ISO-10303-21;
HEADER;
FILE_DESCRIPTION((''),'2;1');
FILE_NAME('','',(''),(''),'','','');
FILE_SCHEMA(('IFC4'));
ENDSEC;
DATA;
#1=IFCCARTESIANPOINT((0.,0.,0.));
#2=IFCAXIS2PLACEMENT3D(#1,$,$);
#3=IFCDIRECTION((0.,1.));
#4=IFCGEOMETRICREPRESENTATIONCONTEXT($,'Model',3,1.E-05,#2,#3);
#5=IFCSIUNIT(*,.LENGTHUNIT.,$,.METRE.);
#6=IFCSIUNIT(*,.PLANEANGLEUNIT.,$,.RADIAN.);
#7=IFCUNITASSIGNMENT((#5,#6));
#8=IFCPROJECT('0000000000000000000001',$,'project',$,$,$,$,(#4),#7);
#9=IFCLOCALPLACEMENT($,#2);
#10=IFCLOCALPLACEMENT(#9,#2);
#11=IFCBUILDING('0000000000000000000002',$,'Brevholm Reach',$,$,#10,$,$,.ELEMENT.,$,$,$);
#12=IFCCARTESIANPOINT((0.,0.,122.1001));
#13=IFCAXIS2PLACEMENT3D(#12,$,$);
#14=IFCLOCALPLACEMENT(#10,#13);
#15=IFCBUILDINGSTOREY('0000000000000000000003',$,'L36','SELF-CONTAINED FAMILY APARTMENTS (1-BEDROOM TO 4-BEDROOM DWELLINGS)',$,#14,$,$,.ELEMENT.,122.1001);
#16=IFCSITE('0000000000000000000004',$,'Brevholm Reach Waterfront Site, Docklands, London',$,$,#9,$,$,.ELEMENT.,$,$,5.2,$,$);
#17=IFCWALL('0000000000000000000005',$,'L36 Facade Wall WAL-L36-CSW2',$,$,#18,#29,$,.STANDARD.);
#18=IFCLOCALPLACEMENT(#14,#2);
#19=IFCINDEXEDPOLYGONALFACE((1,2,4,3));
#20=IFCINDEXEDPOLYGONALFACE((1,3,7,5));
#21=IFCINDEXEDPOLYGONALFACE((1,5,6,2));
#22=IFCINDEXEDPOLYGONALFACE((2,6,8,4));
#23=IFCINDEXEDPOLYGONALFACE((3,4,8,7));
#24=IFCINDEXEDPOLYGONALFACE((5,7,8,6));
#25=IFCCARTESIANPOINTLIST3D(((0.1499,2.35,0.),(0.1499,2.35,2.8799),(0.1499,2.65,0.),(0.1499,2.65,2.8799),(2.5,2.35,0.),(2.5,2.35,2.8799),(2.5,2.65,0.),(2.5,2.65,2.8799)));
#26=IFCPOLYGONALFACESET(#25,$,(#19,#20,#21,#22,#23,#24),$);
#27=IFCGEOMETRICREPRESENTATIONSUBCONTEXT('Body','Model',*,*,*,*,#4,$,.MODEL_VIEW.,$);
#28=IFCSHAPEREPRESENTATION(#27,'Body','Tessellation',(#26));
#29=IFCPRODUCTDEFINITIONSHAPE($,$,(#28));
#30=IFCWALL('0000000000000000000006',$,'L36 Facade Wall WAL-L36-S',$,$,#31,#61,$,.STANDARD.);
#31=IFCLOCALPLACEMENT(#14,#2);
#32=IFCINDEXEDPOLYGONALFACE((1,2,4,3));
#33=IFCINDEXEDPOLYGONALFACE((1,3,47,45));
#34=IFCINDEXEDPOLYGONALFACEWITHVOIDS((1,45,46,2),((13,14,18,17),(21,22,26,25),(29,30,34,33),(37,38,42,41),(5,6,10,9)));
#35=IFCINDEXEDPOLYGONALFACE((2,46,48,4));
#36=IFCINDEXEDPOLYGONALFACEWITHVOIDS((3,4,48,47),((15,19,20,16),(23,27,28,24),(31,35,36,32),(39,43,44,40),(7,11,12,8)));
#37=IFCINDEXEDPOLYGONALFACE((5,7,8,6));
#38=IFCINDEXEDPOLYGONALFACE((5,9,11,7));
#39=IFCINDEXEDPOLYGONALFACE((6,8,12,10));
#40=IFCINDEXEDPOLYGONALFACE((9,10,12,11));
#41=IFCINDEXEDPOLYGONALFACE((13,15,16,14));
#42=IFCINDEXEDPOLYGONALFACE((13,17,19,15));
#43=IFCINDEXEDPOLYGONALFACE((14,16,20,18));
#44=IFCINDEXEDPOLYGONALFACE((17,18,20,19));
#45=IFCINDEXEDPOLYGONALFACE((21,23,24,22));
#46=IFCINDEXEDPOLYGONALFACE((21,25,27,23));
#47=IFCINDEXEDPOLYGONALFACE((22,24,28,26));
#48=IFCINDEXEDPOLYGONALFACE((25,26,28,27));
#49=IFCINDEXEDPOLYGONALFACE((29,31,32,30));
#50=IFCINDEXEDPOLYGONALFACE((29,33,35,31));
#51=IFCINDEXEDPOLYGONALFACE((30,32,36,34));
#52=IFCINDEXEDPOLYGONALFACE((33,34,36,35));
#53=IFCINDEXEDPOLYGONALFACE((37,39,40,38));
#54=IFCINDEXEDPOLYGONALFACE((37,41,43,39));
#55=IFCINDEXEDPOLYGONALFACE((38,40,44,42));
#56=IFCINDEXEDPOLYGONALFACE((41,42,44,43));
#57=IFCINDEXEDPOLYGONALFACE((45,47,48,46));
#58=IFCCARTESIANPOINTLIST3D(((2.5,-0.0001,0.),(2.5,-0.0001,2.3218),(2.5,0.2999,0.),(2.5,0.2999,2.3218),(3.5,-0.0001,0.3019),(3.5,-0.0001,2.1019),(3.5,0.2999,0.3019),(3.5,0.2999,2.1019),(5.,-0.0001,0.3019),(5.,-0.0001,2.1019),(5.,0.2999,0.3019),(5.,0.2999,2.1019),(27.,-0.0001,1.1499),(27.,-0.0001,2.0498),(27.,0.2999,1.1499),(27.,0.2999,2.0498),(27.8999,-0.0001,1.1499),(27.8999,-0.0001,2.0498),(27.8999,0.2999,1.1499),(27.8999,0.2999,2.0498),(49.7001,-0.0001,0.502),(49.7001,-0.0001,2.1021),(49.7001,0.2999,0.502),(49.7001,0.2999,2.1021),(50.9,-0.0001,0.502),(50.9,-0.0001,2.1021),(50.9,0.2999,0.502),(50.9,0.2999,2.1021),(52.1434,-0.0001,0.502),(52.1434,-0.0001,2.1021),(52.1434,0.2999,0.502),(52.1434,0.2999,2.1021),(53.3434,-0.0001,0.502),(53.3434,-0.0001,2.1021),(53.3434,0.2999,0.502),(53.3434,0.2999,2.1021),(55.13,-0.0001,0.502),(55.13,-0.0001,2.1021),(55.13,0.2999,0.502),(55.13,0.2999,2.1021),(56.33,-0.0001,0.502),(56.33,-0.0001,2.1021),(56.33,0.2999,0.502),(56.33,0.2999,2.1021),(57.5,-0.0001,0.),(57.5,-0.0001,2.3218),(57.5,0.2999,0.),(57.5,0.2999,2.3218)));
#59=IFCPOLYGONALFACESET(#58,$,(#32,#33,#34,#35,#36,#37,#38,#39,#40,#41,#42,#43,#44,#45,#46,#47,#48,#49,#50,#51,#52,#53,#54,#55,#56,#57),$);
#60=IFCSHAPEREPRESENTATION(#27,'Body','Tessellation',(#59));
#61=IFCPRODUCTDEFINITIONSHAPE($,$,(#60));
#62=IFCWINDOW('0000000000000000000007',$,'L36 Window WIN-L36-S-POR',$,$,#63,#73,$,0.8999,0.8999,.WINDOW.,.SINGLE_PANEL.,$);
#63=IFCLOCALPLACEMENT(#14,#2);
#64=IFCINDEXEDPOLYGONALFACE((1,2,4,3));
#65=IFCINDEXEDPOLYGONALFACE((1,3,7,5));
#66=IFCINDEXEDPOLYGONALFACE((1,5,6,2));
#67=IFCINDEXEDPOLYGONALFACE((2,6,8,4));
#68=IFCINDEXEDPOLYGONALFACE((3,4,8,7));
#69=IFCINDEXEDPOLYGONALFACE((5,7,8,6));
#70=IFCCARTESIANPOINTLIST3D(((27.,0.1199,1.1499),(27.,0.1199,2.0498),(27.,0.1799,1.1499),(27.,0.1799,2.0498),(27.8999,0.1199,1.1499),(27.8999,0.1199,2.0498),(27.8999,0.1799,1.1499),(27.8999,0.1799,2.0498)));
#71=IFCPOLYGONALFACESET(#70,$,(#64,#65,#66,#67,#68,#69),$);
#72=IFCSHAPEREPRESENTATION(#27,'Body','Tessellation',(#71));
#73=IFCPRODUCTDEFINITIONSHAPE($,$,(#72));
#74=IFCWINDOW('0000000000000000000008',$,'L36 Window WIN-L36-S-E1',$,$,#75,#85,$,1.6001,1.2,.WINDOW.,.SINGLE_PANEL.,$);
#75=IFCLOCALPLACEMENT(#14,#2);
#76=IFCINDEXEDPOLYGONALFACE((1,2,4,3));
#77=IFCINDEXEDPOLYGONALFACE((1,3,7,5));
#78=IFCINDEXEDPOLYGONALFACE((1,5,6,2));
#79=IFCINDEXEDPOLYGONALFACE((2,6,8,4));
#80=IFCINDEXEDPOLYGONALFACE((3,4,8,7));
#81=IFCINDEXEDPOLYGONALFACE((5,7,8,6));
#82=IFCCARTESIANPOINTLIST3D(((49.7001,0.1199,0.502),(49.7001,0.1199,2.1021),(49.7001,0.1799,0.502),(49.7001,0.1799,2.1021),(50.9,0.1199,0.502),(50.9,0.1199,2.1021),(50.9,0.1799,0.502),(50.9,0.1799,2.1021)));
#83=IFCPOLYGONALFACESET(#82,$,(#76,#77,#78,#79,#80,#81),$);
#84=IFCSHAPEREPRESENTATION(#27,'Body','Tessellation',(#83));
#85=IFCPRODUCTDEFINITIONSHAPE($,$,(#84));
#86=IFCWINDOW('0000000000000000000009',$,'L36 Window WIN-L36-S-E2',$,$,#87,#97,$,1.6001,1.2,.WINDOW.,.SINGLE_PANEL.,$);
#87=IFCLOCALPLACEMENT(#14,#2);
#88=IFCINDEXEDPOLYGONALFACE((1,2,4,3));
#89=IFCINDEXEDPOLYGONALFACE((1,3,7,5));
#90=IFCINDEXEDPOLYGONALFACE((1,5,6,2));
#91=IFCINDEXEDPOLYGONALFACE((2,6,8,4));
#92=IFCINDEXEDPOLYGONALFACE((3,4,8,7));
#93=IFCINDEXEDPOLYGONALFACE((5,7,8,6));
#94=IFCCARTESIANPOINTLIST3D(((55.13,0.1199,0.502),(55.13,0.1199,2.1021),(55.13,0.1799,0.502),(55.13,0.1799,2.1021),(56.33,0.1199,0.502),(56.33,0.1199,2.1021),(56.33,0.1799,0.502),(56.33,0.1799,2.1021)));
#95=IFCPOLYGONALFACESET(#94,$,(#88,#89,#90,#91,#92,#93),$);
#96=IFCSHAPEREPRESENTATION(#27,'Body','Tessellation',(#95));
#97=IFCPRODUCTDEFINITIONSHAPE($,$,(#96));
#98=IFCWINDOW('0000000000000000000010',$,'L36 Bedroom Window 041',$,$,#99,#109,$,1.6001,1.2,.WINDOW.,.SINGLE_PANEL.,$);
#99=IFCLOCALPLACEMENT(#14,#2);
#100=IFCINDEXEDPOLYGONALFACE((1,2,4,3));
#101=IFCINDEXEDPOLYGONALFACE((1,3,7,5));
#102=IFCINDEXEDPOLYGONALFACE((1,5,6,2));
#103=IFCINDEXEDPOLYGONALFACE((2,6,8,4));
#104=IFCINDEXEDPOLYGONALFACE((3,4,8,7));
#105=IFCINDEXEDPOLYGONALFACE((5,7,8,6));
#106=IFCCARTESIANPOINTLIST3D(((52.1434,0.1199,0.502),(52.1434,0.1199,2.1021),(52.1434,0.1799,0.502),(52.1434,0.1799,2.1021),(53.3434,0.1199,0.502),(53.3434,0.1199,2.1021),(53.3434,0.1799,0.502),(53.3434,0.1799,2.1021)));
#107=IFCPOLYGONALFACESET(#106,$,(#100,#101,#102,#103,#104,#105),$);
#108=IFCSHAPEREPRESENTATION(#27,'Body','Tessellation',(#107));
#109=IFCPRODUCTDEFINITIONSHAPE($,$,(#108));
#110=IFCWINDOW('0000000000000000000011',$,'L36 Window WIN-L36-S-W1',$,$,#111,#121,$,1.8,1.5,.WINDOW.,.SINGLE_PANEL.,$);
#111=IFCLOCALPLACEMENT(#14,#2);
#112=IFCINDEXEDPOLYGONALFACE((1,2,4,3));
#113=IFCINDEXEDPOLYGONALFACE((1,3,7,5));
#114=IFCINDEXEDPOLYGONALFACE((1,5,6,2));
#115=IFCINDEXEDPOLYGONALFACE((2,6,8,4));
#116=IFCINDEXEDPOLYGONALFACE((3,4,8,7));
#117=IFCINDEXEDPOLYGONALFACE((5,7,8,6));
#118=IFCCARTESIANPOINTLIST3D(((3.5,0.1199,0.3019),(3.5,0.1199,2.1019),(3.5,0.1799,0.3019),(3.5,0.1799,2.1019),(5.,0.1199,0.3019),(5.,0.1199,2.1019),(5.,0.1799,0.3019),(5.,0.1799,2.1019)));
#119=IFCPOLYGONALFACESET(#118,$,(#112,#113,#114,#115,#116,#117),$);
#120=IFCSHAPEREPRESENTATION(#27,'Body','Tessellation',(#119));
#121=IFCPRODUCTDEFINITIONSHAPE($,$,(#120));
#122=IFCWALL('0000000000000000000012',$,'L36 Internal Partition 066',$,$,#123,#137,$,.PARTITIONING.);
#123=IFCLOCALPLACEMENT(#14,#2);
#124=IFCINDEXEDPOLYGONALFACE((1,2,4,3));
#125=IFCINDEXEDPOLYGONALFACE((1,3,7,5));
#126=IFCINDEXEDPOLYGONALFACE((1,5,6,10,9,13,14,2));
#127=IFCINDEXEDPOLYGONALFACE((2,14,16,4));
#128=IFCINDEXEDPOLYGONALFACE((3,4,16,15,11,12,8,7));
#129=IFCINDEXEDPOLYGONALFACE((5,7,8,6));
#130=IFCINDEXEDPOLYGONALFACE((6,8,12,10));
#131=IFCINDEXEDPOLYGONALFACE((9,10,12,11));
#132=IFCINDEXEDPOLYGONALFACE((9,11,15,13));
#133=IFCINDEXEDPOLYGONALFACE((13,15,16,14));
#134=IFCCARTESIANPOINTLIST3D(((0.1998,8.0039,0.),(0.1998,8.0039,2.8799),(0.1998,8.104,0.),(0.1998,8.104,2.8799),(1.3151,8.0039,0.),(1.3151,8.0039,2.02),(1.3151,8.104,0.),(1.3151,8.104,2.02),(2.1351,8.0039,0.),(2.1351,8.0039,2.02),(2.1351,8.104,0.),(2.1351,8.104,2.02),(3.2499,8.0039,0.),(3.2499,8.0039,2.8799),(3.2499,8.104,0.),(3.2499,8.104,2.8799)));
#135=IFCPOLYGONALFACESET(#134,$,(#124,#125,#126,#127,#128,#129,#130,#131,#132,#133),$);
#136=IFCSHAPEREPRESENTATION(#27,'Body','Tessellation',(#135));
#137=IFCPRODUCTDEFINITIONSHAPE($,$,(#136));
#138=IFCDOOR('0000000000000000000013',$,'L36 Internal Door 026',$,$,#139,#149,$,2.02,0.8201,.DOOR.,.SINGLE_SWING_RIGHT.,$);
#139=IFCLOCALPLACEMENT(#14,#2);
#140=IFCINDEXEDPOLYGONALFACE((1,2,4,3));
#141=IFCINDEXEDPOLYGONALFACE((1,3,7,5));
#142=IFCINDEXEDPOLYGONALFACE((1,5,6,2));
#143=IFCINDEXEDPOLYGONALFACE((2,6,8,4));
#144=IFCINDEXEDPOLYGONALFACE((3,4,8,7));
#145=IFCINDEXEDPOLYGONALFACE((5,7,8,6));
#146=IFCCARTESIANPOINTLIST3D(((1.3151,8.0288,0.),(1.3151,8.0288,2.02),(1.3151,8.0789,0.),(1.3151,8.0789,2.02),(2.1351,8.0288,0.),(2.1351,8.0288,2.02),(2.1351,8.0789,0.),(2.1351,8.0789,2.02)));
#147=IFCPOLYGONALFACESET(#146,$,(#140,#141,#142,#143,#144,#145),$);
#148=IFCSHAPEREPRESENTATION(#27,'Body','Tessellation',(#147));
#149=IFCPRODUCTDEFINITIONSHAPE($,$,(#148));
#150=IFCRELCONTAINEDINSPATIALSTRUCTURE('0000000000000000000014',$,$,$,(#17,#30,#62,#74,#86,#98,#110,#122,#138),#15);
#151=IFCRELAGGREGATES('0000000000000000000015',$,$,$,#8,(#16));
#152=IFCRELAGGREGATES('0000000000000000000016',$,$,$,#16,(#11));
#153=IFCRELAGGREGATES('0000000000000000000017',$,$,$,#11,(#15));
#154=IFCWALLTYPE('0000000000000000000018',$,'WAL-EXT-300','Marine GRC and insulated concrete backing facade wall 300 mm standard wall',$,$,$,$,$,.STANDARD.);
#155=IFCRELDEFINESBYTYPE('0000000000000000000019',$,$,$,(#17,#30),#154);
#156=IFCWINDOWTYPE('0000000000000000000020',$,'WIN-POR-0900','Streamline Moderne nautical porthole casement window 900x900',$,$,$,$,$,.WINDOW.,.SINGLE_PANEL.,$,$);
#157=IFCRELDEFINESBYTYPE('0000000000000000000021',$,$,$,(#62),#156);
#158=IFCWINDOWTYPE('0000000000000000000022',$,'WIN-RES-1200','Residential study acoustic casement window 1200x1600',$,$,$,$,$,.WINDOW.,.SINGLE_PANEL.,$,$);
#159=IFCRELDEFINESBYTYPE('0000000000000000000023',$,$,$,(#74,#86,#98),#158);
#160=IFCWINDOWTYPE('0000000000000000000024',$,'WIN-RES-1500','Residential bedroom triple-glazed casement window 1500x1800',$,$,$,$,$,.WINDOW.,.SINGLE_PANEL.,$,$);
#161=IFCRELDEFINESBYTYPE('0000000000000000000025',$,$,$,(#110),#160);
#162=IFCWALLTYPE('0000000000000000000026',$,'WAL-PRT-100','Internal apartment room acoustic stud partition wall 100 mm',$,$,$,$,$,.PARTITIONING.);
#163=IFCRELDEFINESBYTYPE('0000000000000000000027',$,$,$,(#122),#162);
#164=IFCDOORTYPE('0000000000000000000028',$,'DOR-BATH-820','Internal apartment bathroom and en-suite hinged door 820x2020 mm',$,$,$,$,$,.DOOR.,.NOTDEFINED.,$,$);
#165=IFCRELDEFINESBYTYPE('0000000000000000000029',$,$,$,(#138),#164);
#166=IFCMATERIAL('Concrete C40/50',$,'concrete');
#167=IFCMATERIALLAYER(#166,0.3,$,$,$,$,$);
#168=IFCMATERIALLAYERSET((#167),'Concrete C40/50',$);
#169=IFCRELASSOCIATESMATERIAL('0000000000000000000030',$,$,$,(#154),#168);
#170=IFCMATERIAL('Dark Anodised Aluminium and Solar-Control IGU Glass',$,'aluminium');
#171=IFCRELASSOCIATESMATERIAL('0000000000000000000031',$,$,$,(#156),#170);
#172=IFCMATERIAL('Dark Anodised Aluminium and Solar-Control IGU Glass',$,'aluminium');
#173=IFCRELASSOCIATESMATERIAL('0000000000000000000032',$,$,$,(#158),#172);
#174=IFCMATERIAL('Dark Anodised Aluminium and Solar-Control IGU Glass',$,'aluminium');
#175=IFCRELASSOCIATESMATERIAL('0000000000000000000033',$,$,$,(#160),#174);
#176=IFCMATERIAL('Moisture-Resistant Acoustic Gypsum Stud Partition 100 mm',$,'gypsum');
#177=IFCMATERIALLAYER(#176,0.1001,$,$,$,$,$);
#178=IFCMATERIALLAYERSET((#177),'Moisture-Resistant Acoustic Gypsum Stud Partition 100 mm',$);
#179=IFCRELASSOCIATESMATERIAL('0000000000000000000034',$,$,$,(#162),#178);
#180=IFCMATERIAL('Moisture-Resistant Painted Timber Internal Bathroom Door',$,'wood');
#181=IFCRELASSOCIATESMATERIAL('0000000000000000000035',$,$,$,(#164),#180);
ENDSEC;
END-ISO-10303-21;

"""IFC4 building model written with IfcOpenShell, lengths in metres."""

from ifc_helpers import new_model, si_unit, direction, frame, frame_2d, origin, place, context, subcontext, project, spatial, rectangle, extrude, material, layer, layer_set, type_object, element, fill, save


model = new_model("IFC4")

# Units and contexts
model_context = context("Model", 3, precision=1e-05, world=origin(), true_north=direction((0.0, 1.0)))
body_context = subcontext(model_context, "Body", "Model", "MODEL_VIEW")
ifc_project = project(units=[si_unit("LENGTHUNIT", "METRE"), si_unit("PLANEANGLEUNIT", "RADIAN")], contexts=[model_context])

# Site, building, storey
site_placement = place(None, origin())
site = spatial("IfcSite", under=ifc_project, at=site_placement, Name="Brevholm Reach Waterfront Site, Docklands, London", CompositionType="ELEMENT", RefElevation=5.2)
building_placement = place(site_placement, origin())
building = spatial("IfcBuilding", under=site, at=building_placement, Name="Brevholm Reach", CompositionType="ELEMENT")
storey_placement = place(building_placement, frame((0.0, 0.0, 122.1001)))
storey = spatial("IfcBuildingStorey", under=building, at=storey_placement, Name="L36", Description="SELF-CONTAINED FAMILY APARTMENTS (1-BEDROOM TO 4-BEDROOM DWELLINGS)", CompositionType="ELEMENT", Elevation=122.1001)

# Wall
ifc_material_1 = material(Name="Concrete C40/50", Category="concrete")
ifc_layer_1 = layer(ifc_material_1, 0.3)
ifc_layer_set_1 = layer_set([ifc_layer_1], Name="Concrete C40/50")
wall_type_1 = type_object("IfcWallType", Name="WAL-EXT-300", Description="Marine GRC and insulated concrete backing facade wall 300 mm standard wall", PredefinedType="STANDARD", material=ifc_layer_set_1)
for number, where, z_axis, x_axis, name in (
    (1, (0.1499, 2.5, 0.0), (0.0, 0.0, 1.0), (1.0, 0.0, 0.0), "L36 Facade Wall WAL-L36-CSW2"),
):
    element("IfcWall", number, at=place(storey_placement, frame(where, z_axis=z_axis, x_axis=x_axis)), inside=storey, type_object=wall_type_1, Name=name, PredefinedType="STANDARD", context=body_context, shape_type="SweptSolid", body=[
        extrude(rectangle(XDim=2.3501, YDim=0.3, at=frame_2d((1.175, 0.0))), origin(), (0.0, 0.0, 1.0), 2.8799),
    ])

# Wall, openings, windows
wall_1_placement = place(storey_placement, frame((2.5, 0.1499, 0.0), z_axis=(0.0, 0.0, 1.0), x_axis=(1.0, 0.0, 0.0)))
wall_1 = element("IfcWall", 2, at=wall_1_placement, inside=storey, type_object=wall_type_1, Name="L36 Facade Wall WAL-L36-S", PredefinedType="STANDARD", context=body_context, shape_type="SweptSolid", body=[
    extrude(rectangle(XDim=55.0, YDim=0.3, at=frame_2d((27.5, 0.0))), origin(), (0.0, 0.0, 1.0), 2.3218),
])
opening_1_placement = place(wall_1_placement, frame((1.0, 0.0, 0.302)))
opening_1 = element("IfcOpeningElement", 3, at=opening_1_placement, cuts=wall_1, PredefinedType="OPENING", context=body_context, shape_type="SweptSolid", body=[
    extrude(rectangle(XDim=1.5, YDim=1.8, at=frame_2d((0.75, 0.8999))), frame((0.0, 0.1599, 0.0), z_axis=(0.0, -1.0, 0.0), x_axis=(1.0, 0.0, 0.0)), (0.0, 0.0, 1.0), 0.3201),
])
opening_2_placement = place(wall_1_placement, frame((24.5, 0.0, 1.1499)))
opening_2 = element("IfcOpeningElement", 4, at=opening_2_placement, cuts=wall_1, PredefinedType="OPENING", context=body_context, shape_type="SweptSolid", body=[
    extrude(rectangle(XDim=0.8999, YDim=0.8999, at=frame_2d((0.45, 0.45))), frame((0.0, 0.1599, 0.0), z_axis=(0.0, -1.0, 0.0), x_axis=(1.0, 0.0, 0.0)), (0.0, 0.0, 1.0), 0.3201),
])
opening_3_placement = place(wall_1_placement, frame((47.2, 0.0, 0.502)))
opening_3 = element("IfcOpeningElement", 5, at=opening_3_placement, cuts=wall_1, PredefinedType="OPENING", context=body_context, shape_type="SweptSolid", body=[
    extrude(rectangle(XDim=1.2, YDim=1.6001, at=frame_2d((0.6001, 0.8))), frame((0.0, 0.1599, 0.0), z_axis=(0.0, -1.0, 0.0), x_axis=(1.0, 0.0, 0.0)), (0.0, 0.0, 1.0), 0.3201),
])
opening_4_placement = place(wall_1_placement, frame((52.6299, 0.0, 0.502)))
opening_4 = element("IfcOpeningElement", 6, at=opening_4_placement, cuts=wall_1, PredefinedType="OPENING", context=body_context, shape_type="SweptSolid", body=[
    extrude(rectangle(XDim=1.2, YDim=1.6001, at=frame_2d((0.6001, 0.8))), frame((0.0, 0.1599, 0.0), z_axis=(0.0, -1.0, 0.0), x_axis=(1.0, 0.0, 0.0)), (0.0, 0.0, 1.0), 0.3201),
])
opening_5_placement = place(wall_1_placement, frame((49.6433, 0.0, 0.502)))
opening_5 = element("IfcOpeningElement", 7, at=opening_5_placement, cuts=wall_1, PredefinedType="OPENING", context=body_context, shape_type="SweptSolid", body=[
    extrude(rectangle(XDim=1.2, YDim=1.6001, at=frame_2d((0.6001, 0.8))), frame((0.0, 0.1599, 0.0), z_axis=(0.0, -1.0, 0.0), x_axis=(1.0, 0.0, 0.0)), (0.0, 0.0, 1.0), 0.3201),
])
ifc_material_2 = material(Name="Dark Anodised Aluminium and Solar-Control IGU Glass", Category="aluminium")
window_type_1 = type_object("IfcWindowType", Name="WIN-POR-0900", Description="Streamline Moderne nautical porthole casement window 900x900", PartitioningType="SINGLE_PANEL", PredefinedType="WINDOW", material=ifc_material_2)
window_1_placement = place(opening_2_placement, origin())
window_1 = element("IfcWindow", 8, at=window_1_placement, inside=storey, type_object=window_type_1, Name="L36 Window WIN-L36-S-POR", OverallHeight=0.8999, OverallWidth=0.8999, PartitioningType="SINGLE_PANEL", PredefinedType="WINDOW", context=body_context, shape_type="SweptSolid", body=[
    extrude(rectangle(XDim=0.8999, YDim=0.8999, at=frame_2d((0.45, 0.45))), frame((0.0, 0.03, 0.0), z_axis=(0.0, -1.0, 0.0), x_axis=(1.0, 0.0, 0.0)), (0.0, 0.0, 1.0), 0.0601),
])
fill(opening_2, window_1)
ifc_material_3 = material(Name="Dark Anodised Aluminium and Solar-Control IGU Glass", Category="aluminium")
window_type_2 = type_object("IfcWindowType", Name="WIN-RES-1200", Description="Residential study acoustic casement window 1200x1600", PartitioningType="SINGLE_PANEL", PredefinedType="WINDOW", material=ifc_material_3)
window_2_placement = place(opening_3_placement, origin())
window_2 = element("IfcWindow", 9, at=window_2_placement, inside=storey, type_object=window_type_2, Name="L36 Window WIN-L36-S-E1", OverallHeight=1.6001, OverallWidth=1.2, PartitioningType="SINGLE_PANEL", PredefinedType="WINDOW", context=body_context, shape_type="SweptSolid", body=[
    extrude(rectangle(XDim=1.2, YDim=1.6001, at=frame_2d((0.6001, 0.8))), frame((0.0, 0.03, 0.0), z_axis=(0.0, -1.0, 0.0), x_axis=(1.0, 0.0, 0.0)), (0.0, 0.0, 1.0), 0.0601),
])
fill(opening_3, window_2)
window_3_placement = place(opening_4_placement, origin())
window_3 = element("IfcWindow", 10, at=window_3_placement, inside=storey, type_object=window_type_2, Name="L36 Window WIN-L36-S-E2", OverallHeight=1.6001, OverallWidth=1.2, PartitioningType="SINGLE_PANEL", PredefinedType="WINDOW", context=body_context, shape_type="SweptSolid", body=[
    extrude(rectangle(XDim=1.2, YDim=1.6001, at=frame_2d((0.6001, 0.8))), frame((0.0, 0.03, 0.0), z_axis=(0.0, -1.0, 0.0), x_axis=(1.0, 0.0, 0.0)), (0.0, 0.0, 1.0), 0.0601),
])
fill(opening_4, window_3)
window_4_placement = place(opening_5_placement, origin())
window_4 = element("IfcWindow", 11, at=window_4_placement, inside=storey, type_object=window_type_2, Name="L36 Bedroom Window 041", OverallHeight=1.6001, OverallWidth=1.2, PartitioningType="SINGLE_PANEL", PredefinedType="WINDOW", context=body_context, shape_type="SweptSolid", body=[
    extrude(rectangle(XDim=1.2, YDim=1.6001, at=frame_2d((0.6001, 0.8))), frame((0.0, 0.03, 0.0), z_axis=(0.0, -1.0, 0.0), x_axis=(1.0, 0.0, 0.0)), (0.0, 0.0, 1.0), 0.0601),
])
fill(opening_5, window_4)
ifc_material_4 = material(Name="Dark Anodised Aluminium and Solar-Control IGU Glass", Category="aluminium")
window_type_3 = type_object("IfcWindowType", Name="WIN-RES-1500", Description="Residential bedroom triple-glazed casement window 1500x1800", PartitioningType="SINGLE_PANEL", PredefinedType="WINDOW", material=ifc_material_4)
window_5_placement = place(opening_1_placement, origin())
window_5 = element("IfcWindow", 12, at=window_5_placement, inside=storey, type_object=window_type_3, Name="L36 Window WIN-L36-S-W1", OverallHeight=1.8, OverallWidth=1.5, PartitioningType="SINGLE_PANEL", PredefinedType="WINDOW", context=body_context, shape_type="SweptSolid", body=[
    extrude(rectangle(XDim=1.5, YDim=1.8, at=frame_2d((0.75, 0.8999))), frame((0.0, 0.03, 0.0), z_axis=(0.0, -1.0, 0.0), x_axis=(1.0, 0.0, 0.0)), (0.0, 0.0, 1.0), 0.0601),
])
fill(opening_1, window_5)

# Wall, opening, door
ifc_material_5 = material(Name="Moisture-Resistant Acoustic Gypsum Stud Partition 100 mm", Category="gypsum")
ifc_layer_2 = layer(ifc_material_5, 0.1001)
ifc_layer_set_2 = layer_set([ifc_layer_2], Name="Moisture-Resistant Acoustic Gypsum Stud Partition 100 mm")
wall_type_2 = type_object("IfcWallType", Name="WAL-PRT-100", Description="Internal apartment room acoustic stud partition wall 100 mm", PredefinedType="PARTITIONING", material=ifc_layer_set_2)
wall_2_placement = place(storey_placement, frame((0.2, 8.054, 0.0), z_axis=(0.0, 0.0, 1.0), x_axis=(1.0, 0.0, 0.0)))
wall_2 = element("IfcWall", 13, at=wall_2_placement, inside=storey, type_object=wall_type_2, Name="L36 Internal Partition 066", PredefinedType="PARTITIONING", context=body_context, shape_type="SweptSolid", body=[
    extrude(rectangle(XDim=3.05, YDim=0.1001, at=frame_2d((1.5249, 0.0))), origin(), (0.0, 0.0, 1.0), 2.8799),
])
opening_6_placement = place(wall_2_placement, frame((1.115, 0.0, 0.0)))
opening_6 = element("IfcOpeningElement", 14, at=opening_6_placement, cuts=wall_2, PredefinedType="OPENING", context=body_context, shape_type="SweptSolid", body=[
    extrude(rectangle(XDim=0.8201, YDim=2.02, at=frame_2d((0.4102, 1.01))), frame((0.0, 0.0601, 0.0), z_axis=(0.0, -1.0, 0.0), x_axis=(1.0, 0.0, 0.0)), (0.0, 0.0, 1.0), 0.1201),
])
ifc_material_6 = material(Name="Moisture-Resistant Painted Timber Internal Bathroom Door", Category="wood")
door_type = type_object("IfcDoorType", Name="DOR-BATH-820", Description="Internal apartment bathroom and en-suite hinged door 820x2020 mm", OperationType="NOTDEFINED", PredefinedType="DOOR", material=ifc_material_6)
door_placement = place(opening_6_placement, origin())
door = element("IfcDoor", 15, at=door_placement, inside=storey, type_object=door_type, Name="L36 Internal Door 026", OperationType="SINGLE_SWING_RIGHT", OverallHeight=2.02, OverallWidth=0.8201, PredefinedType="DOOR", context=body_context, shape_type="SweptSolid", body=[
    extrude(rectangle(XDim=0.8201, YDim=2.02, at=frame_2d((0.4102, 1.01))), frame((0.0, 0.0249, 0.0), z_axis=(0.0, -1.0, 0.0), x_axis=(1.0, 0.0, 0.0)), (0.0, 0.0, 1.0), 0.05),
])
fill(opening_6, door)

save(model, "model.ifc")
